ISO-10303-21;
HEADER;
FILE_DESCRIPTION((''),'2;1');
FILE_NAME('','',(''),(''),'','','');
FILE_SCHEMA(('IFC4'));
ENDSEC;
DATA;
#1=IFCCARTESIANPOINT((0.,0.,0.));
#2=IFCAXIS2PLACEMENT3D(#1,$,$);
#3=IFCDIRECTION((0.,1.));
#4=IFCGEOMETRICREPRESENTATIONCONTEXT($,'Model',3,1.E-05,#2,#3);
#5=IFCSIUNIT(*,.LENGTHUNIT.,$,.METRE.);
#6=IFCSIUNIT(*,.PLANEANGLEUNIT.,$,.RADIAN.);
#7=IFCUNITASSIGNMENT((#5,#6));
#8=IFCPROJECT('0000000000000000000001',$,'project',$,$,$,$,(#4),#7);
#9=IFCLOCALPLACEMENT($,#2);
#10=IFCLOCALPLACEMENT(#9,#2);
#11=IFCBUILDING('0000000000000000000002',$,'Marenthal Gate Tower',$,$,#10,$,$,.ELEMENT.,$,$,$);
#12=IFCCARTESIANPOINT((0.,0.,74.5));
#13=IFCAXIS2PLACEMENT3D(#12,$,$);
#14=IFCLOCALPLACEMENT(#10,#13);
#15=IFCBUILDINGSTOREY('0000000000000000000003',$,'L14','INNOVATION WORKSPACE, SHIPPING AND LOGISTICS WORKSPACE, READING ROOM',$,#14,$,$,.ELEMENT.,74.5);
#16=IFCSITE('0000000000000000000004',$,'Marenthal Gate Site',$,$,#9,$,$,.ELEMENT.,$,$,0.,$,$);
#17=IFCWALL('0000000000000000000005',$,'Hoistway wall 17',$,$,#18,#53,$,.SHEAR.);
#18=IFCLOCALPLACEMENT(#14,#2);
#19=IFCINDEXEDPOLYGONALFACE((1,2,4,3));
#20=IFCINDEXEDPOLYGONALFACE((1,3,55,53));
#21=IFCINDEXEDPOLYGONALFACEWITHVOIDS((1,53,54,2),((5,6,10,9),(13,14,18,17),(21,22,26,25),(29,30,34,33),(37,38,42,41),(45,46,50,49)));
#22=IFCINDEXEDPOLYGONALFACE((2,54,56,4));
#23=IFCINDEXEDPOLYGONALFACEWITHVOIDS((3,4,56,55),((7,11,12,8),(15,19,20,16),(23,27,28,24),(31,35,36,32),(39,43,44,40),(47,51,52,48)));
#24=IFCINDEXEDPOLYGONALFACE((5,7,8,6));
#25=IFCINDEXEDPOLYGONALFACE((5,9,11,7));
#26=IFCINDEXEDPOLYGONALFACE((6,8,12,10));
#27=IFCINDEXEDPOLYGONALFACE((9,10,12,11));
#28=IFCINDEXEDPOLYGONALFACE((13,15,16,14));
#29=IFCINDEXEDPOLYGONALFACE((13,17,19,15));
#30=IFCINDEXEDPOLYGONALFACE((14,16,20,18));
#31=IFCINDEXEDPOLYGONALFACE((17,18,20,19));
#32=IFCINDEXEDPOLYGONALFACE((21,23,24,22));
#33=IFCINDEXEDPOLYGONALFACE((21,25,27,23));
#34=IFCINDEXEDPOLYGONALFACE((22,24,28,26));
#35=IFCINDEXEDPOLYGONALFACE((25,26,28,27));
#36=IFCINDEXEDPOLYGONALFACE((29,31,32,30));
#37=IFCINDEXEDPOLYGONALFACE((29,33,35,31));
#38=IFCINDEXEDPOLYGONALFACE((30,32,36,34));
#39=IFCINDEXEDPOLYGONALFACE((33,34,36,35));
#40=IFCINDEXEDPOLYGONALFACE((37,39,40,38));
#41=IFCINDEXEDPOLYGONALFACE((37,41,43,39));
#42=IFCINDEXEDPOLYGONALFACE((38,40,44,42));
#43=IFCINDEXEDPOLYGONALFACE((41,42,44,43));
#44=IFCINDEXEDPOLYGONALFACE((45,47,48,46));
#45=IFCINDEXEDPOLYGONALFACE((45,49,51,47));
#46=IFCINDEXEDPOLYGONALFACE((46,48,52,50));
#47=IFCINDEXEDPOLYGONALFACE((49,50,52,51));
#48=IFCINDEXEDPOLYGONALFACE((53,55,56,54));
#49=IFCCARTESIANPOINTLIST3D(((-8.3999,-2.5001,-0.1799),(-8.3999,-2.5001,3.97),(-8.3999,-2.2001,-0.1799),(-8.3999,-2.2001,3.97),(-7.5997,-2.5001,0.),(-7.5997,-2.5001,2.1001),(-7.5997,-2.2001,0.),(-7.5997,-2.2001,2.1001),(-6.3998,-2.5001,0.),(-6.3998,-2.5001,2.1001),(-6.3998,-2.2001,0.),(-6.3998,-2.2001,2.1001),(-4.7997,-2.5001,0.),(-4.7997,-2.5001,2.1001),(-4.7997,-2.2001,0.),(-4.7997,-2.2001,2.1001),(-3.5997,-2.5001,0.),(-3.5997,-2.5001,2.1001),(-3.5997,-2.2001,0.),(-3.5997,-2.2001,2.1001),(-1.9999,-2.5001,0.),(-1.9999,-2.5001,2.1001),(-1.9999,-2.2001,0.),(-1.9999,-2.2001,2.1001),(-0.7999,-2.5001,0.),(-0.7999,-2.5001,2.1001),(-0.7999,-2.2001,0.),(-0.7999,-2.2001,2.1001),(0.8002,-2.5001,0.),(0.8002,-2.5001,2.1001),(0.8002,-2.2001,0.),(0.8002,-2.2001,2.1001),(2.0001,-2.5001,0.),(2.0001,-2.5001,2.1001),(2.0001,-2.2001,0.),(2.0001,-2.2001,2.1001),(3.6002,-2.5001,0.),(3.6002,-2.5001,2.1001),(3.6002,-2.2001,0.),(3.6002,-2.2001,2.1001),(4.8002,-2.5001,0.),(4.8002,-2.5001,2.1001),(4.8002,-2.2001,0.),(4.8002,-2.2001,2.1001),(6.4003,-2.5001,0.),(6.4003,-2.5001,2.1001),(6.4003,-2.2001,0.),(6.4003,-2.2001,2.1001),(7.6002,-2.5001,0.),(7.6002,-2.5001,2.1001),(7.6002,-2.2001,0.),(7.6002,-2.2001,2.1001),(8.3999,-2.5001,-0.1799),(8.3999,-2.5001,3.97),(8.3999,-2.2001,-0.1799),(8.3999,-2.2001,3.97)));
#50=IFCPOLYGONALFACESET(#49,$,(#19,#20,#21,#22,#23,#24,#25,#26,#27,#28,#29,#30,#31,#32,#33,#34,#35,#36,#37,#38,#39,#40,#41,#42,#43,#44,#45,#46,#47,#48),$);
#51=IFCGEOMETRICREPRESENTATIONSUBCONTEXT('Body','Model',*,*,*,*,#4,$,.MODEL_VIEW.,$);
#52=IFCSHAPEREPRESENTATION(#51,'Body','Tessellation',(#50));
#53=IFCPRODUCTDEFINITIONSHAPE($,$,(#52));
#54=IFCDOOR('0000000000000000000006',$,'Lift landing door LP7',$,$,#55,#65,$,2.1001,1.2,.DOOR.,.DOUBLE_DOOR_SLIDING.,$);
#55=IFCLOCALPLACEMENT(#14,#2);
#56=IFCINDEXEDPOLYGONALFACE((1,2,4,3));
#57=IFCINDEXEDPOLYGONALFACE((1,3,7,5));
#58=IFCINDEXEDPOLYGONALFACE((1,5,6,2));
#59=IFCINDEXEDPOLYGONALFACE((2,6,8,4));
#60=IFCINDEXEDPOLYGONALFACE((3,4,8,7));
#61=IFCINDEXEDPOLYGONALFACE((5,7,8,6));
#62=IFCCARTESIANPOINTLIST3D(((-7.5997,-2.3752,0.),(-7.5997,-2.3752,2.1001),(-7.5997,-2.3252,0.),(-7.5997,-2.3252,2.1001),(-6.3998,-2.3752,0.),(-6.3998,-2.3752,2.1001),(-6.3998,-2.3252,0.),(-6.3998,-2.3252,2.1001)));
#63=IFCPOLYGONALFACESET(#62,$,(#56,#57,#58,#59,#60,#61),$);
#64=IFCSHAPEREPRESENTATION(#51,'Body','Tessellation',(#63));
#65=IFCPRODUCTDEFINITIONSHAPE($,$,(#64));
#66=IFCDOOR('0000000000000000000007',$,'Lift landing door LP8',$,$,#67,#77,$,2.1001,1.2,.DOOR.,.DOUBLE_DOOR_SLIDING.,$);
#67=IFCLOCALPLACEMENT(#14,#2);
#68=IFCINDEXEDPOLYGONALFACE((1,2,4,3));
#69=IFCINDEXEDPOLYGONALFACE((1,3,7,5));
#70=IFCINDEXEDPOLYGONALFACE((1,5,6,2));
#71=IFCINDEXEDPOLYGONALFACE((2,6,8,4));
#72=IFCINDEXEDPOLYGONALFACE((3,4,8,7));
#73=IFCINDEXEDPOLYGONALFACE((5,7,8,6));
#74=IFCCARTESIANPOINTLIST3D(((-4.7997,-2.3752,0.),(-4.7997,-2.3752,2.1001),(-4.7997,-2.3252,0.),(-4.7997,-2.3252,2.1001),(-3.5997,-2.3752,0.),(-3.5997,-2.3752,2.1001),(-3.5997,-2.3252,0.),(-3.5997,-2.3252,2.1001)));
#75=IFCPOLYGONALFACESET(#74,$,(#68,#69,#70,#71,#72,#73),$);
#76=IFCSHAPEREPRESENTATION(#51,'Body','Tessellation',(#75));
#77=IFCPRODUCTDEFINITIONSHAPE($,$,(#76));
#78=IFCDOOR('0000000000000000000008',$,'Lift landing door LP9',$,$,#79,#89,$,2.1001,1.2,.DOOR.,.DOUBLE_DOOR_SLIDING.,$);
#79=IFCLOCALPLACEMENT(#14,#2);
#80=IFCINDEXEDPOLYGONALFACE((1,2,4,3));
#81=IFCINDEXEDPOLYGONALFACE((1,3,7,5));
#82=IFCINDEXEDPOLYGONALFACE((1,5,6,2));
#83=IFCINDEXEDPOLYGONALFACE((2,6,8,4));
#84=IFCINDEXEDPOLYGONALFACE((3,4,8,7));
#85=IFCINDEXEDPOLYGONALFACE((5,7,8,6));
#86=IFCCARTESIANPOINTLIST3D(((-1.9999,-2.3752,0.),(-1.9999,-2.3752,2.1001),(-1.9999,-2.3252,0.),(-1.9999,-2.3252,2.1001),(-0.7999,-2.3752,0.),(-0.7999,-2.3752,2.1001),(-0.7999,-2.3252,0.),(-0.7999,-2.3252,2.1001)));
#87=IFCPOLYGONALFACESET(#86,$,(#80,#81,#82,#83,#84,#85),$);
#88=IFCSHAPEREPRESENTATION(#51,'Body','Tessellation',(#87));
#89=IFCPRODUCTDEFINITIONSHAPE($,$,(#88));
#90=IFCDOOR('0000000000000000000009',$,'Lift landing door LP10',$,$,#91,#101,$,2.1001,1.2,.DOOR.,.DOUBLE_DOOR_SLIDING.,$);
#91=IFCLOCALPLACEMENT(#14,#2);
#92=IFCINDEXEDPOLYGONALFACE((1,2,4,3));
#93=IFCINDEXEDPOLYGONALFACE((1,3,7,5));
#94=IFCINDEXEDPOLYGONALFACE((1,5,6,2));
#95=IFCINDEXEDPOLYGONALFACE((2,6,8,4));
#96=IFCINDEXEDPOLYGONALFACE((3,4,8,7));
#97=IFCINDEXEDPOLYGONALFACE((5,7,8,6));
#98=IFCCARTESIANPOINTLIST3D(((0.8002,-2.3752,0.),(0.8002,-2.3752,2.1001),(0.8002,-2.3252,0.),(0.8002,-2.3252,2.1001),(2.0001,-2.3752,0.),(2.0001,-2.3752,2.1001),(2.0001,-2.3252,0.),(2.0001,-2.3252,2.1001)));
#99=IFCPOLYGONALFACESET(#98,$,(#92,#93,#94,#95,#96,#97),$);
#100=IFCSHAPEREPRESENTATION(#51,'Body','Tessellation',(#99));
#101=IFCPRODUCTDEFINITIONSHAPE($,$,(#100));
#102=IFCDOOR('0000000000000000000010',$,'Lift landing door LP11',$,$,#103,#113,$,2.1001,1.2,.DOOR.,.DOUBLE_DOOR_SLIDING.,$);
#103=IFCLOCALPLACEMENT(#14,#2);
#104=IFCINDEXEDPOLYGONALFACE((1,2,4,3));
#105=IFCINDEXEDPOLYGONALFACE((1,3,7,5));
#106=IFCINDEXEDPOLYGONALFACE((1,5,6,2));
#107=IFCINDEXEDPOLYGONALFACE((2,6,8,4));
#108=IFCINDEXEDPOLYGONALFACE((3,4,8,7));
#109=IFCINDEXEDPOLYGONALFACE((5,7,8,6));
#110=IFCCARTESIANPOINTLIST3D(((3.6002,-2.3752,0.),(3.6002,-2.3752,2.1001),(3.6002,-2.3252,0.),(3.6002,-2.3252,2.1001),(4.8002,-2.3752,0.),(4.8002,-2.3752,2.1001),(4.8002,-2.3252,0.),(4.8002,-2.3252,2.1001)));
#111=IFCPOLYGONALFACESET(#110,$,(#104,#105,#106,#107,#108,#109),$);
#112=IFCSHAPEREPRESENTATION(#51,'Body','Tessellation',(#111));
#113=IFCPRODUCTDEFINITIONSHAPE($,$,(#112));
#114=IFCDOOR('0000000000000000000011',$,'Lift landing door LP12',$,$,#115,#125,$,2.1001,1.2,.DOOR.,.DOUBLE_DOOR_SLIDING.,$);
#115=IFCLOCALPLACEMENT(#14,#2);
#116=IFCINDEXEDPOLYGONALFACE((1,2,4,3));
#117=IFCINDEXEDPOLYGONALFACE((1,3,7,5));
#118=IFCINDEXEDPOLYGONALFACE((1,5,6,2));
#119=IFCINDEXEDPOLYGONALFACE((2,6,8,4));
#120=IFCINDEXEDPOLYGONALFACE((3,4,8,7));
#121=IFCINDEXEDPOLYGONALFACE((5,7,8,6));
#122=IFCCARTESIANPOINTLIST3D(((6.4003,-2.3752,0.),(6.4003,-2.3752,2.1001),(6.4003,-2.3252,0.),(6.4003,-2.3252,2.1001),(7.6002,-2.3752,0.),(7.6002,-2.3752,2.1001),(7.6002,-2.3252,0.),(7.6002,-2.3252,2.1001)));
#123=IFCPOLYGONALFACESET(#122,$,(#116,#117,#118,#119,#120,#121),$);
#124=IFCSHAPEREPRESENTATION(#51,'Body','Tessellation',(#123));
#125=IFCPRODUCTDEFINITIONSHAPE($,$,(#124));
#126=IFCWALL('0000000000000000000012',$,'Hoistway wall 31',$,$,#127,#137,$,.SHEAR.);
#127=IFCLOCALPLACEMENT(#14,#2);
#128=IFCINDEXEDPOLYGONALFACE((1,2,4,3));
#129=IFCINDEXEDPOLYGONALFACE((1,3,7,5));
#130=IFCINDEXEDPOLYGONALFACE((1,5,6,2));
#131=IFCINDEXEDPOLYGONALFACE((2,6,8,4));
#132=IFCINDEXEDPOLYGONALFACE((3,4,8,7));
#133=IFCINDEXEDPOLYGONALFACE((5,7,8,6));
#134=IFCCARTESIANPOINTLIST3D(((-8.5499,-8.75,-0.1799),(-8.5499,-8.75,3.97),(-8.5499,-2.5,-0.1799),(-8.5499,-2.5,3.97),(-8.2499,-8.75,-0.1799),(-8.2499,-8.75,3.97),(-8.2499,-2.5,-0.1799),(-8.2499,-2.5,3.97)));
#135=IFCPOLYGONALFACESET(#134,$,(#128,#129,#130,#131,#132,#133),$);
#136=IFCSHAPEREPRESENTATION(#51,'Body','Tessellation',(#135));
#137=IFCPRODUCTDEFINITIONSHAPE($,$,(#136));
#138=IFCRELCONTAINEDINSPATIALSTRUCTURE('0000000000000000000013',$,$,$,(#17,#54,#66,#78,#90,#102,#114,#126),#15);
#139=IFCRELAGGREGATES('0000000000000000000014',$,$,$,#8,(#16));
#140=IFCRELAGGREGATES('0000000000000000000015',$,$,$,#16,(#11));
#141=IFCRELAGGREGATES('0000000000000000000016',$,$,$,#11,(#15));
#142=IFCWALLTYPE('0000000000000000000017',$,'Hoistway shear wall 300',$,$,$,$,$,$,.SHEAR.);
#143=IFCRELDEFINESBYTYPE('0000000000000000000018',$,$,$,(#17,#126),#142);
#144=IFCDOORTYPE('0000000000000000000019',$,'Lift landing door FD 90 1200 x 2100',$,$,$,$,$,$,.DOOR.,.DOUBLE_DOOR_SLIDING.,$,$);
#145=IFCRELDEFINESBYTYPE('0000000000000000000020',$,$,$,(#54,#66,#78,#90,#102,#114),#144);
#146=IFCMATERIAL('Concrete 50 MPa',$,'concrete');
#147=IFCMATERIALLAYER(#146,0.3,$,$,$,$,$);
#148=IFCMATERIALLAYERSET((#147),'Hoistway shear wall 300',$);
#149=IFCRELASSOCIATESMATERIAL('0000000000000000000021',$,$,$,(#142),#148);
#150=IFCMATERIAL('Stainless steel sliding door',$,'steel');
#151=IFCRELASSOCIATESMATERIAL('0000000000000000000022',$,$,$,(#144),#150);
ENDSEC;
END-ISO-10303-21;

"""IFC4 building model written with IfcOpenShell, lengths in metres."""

from ifc_helpers import new_model, si_unit, direction, frame, frame_2d, origin, place, context, subcontext, project, spatial, rectangle, extrude, material, layer, layer_set, type_object, element, fill, save


model = new_model("IFC4")

# Units and contexts
model_context = context("Model", 3, precision=1e-05, world=origin(), true_north=direction((0.0, 1.0)))
body_context = subcontext(model_context, "Body", "Model", "MODEL_VIEW")
ifc_project = project(units=[si_unit("LENGTHUNIT", "METRE"), si_unit("PLANEANGLEUNIT", "RADIAN")], contexts=[model_context])

# Site, building, storey
site_placement = place(None, origin())
site = spatial("IfcSite", under=ifc_project, at=site_placement, Name="Marenthal Gate Site", CompositionType="ELEMENT", RefElevation=0.0)
building_placement = place(site_placement, origin())
building = spatial("IfcBuilding", under=site, at=building_placement, Name="Marenthal Gate Tower", CompositionType="ELEMENT")
storey_placement = place(building_placement, frame((0.0, 0.0, 74.5)))
storey = spatial("IfcBuildingStorey", under=building, at=storey_placement, Name="L14", Description="INNOVATION WORKSPACE, SHIPPING AND LOGISTICS WORKSPACE, READING ROOM", CompositionType="ELEMENT", Elevation=74.5)

# Wall, openings, doors
ifc_material_1 = material(Name="Concrete 50 MPa", Category="concrete")
ifc_layer_1 = layer(ifc_material_1, 0.3)
ifc_layer_set_1 = layer_set([ifc_layer_1], Name="Hoistway shear wall 300")
wall_type_1 = type_object("IfcWallType", Name="Hoistway shear wall 300", PredefinedType="SHEAR", material=ifc_layer_set_1)
wall_1_placement = place(storey_placement, frame((-8.3999, -2.3501, -0.1799), z_axis=(0.0, 0.0, 1.0), x_axis=(1.0, 0.0, 0.0)))
wall_1 = element("IfcWall", 1, at=wall_1_placement, inside=storey, type_object=wall_type_1, Name="Hoistway wall 17", PredefinedType="SHEAR", context=body_context, shape_type="SweptSolid", body=[
    extrude(rectangle(XDim=16.7998, YDim=0.3, at=frame_2d((8.3999, 0.0))), origin(), (0.0, 0.0, 1.0), 4.1499),
])
opening_1_placement = place(wall_1_placement, frame((0.8, 0.0, 0.1799)))
opening_1 = element("IfcOpeningElement", 2, at=opening_1_placement, cuts=wall_1, PredefinedType="OPENING", context=body_context, shape_type="SweptSolid", body=[
    extrude(rectangle(XDim=1.2, YDim=2.1001, at=frame_2d((0.6001, 1.05))), frame((0.0, 0.1602, 0.0), z_axis=(0.0, -1.0, 0.0), x_axis=(1.0, 0.0, 0.0)), (0.0, 0.0, 1.0), 0.3201),
])
opening_2_placement = place(wall_1_placement, frame((3.6001, 0.0, 0.1799)))
opening_2 = element("IfcOpeningElement", 3, at=opening_2_placement, cuts=wall_1, PredefinedType="OPENING", context=body_context, shape_type="SweptSolid", body=[
    extrude(rectangle(XDim=1.2, YDim=2.1001, at=frame_2d((0.6001, 1.05))), frame((0.0, 0.1602, 0.0), z_axis=(0.0, -1.0, 0.0), x_axis=(1.0, 0.0, 0.0)), (0.0, 0.0, 1.0), 0.3201),
])
opening_3_placement = place(wall_1_placement, frame((6.3999, 0.0, 0.1799)))
opening_3 = element("IfcOpeningElement", 4, at=opening_3_placement, cuts=wall_1, PredefinedType="OPENING", context=body_context, shape_type="SweptSolid", body=[
    extrude(rectangle(XDim=1.2, YDim=2.1001, at=frame_2d((0.6001, 1.05))), frame((0.0, 0.1602, 0.0), z_axis=(0.0, -1.0, 0.0), x_axis=(1.0, 0.0, 0.0)), (0.0, 0.0, 1.0), 0.3201),
])
opening_4_placement = place(wall_1_placement, frame((9.2, 0.0, 0.1799)))
opening_4 = element("IfcOpeningElement", 5, at=opening_4_placement, cuts=wall_1, PredefinedType="OPENING", context=body_context, shape_type="SweptSolid", body=[
    extrude(rectangle(XDim=1.2, YDim=2.1001, at=frame_2d((0.6001, 1.05))), frame((0.0, 0.1602, 0.0), z_axis=(0.0, -1.0, 0.0), x_axis=(1.0, 0.0, 0.0)), (0.0, 0.0, 1.0), 0.3201),
])
opening_5_placement = place(wall_1_placement, frame((12.0, 0.0, 0.1799)))
opening_5 = element("IfcOpeningElement", 6, at=opening_5_placement, cuts=wall_1, PredefinedType="OPENING", context=body_context, shape_type="SweptSolid", body=[
    extrude(rectangle(XDim=1.2, YDim=2.1001, at=frame_2d((0.6001, 1.05))), frame((0.0, 0.1602, 0.0), z_axis=(0.0, -1.0, 0.0), x_axis=(1.0, 0.0, 0.0)), (0.0, 0.0, 1.0), 0.3201),
])
opening_6_placement = place(wall_1_placement, frame((14.8, 0.0, 0.1799)))
opening_6 = element("IfcOpeningElement", 7, at=opening_6_placement, cuts=wall_1, PredefinedType="OPENING", context=body_context, shape_type="SweptSolid", body=[
    extrude(rectangle(XDim=1.2, YDim=2.1001, at=frame_2d((0.6001, 1.05))), frame((0.0, 0.1602, 0.0), z_axis=(0.0, -1.0, 0.0), x_axis=(1.0, 0.0, 0.0)), (0.0, 0.0, 1.0), 0.3201),
])
ifc_material_2 = material(Name="Stainless steel sliding door", Category="steel")
door_type_1 = type_object("IfcDoorType", Name="Lift landing door FD 90 1200 x 2100", OperationType="DOUBLE_DOOR_SLIDING", PredefinedType="DOOR", material=ifc_material_2)
door_1_placement = place(opening_1_placement, origin())
door_1 = element("IfcDoor", 8, at=door_1_placement, inside=storey, type_object=door_type_1, Name="Lift landing door LP7", OperationType="DOUBLE_DOOR_SLIDING", OverallHeight=2.1001, OverallWidth=1.2, PredefinedType="DOOR", context=body_context, shape_type="SweptSolid", body=[
    extrude(rectangle(XDim=1.2, YDim=2.1001, at=frame_2d((0.6001, 1.05))), frame((0.0, 0.0249, 0.0), z_axis=(0.0, -1.0, 0.0), x_axis=(1.0, 0.0, 0.0)), (0.0, 0.0, 1.0), 0.05),
])
fill(opening_1, door_1)
door_2_placement = place(opening_2_placement, origin())
door_2 = element("IfcDoor", 9, at=door_2_placement, inside=storey, type_object=door_type_1, Name="Lift landing door LP8", OperationType="DOUBLE_DOOR_SLIDING", OverallHeight=2.1001, OverallWidth=1.2, PredefinedType="DOOR", context=body_context, shape_type="SweptSolid", body=[
    extrude(rectangle(XDim=1.2, YDim=2.1001, at=frame_2d((0.6001, 1.05))), frame((0.0, 0.0249, 0.0), z_axis=(0.0, -1.0, 0.0), x_axis=(1.0, 0.0, 0.0)), (0.0, 0.0, 1.0), 0.05),
])
fill(opening_2, door_2)
door_3_placement = place(opening_3_placement, origin())
door_3 = element("IfcDoor", 10, at=door_3_placement, inside=storey, type_object=door_type_1, Name="Lift landing door LP9", OperationType="DOUBLE_DOOR_SLIDING", OverallHeight=2.1001, OverallWidth=1.2, PredefinedType="DOOR", context=body_context, shape_type="SweptSolid", body=[
    extrude(rectangle(XDim=1.2, YDim=2.1001, at=frame_2d((0.6001, 1.05))), frame((0.0, 0.0249, 0.0), z_axis=(0.0, -1.0, 0.0), x_axis=(1.0, 0.0, 0.0)), (0.0, 0.0, 1.0), 0.05),
])
fill(opening_3, door_3)
door_4_placement = place(opening_4_placement, origin())
door_4 = element("IfcDoor", 11, at=door_4_placement, inside=storey, type_object=door_type_1, Name="Lift landing door LP10", OperationType="DOUBLE_DOOR_SLIDING", OverallHeight=2.1001, OverallWidth=1.2, PredefinedType="DOOR", context=body_context, shape_type="SweptSolid", body=[
    extrude(rectangle(XDim=1.2, YDim=2.1001, at=frame_2d((0.6001, 1.05))), frame((0.0, 0.0249, 0.0), z_axis=(0.0, -1.0, 0.0), x_axis=(1.0, 0.0, 0.0)), (0.0, 0.0, 1.0), 0.05),
])
fill(opening_4, door_4)
door_5_placement = place(opening_5_placement, origin())
door_5 = element("IfcDoor", 12, at=door_5_placement, inside=storey, type_object=door_type_1, Name="Lift landing door LP11", OperationType="DOUBLE_DOOR_SLIDING", OverallHeight=2.1001, OverallWidth=1.2, PredefinedType="DOOR", context=body_context, shape_type="SweptSolid", body=[
    extrude(rectangle(XDim=1.2, YDim=2.1001, at=frame_2d((0.6001, 1.05))), frame((0.0, 0.0249, 0.0), z_axis=(0.0, -1.0, 0.0), x_axis=(1.0, 0.0, 0.0)), (0.0, 0.0, 1.0), 0.05),
])
fill(opening_5, door_5)
door_6_placement = place(opening_6_placement, origin())
door_6 = element("IfcDoor", 13, at=door_6_placement, inside=storey, type_object=door_type_1, Name="Lift landing door LP12", OperationType="DOUBLE_DOOR_SLIDING", OverallHeight=2.1001, OverallWidth=1.2, PredefinedType="DOOR", context=body_context, shape_type="SweptSolid", body=[
    extrude(rectangle(XDim=1.2, YDim=2.1001, at=frame_2d((0.6001, 1.05))), frame((0.0, 0.0249, 0.0), z_axis=(0.0, -1.0, 0.0), x_axis=(1.0, 0.0, 0.0)), (0.0, 0.0, 1.0), 0.05),
])
fill(opening_6, door_6)

# Wall
wall_2_placement = place(storey_placement, frame((-8.3999, -8.75, -0.1799), z_axis=(0.0, 0.0, 1.0), x_axis=(0.0, 1.0, 0.0)))
element("IfcWall", 14, at=wall_2_placement, inside=storey, type_object=wall_type_1, Name="Hoistway wall 31", PredefinedType="SHEAR", context=body_context, shape_type="SweptSolid", body=[
    extrude(rectangle(XDim=6.25, YDim=0.3, at=frame_2d((3.125, 0.0))), origin(), (0.0, 0.0, 1.0), 4.1499),
])

save(model, "model.ifc")
